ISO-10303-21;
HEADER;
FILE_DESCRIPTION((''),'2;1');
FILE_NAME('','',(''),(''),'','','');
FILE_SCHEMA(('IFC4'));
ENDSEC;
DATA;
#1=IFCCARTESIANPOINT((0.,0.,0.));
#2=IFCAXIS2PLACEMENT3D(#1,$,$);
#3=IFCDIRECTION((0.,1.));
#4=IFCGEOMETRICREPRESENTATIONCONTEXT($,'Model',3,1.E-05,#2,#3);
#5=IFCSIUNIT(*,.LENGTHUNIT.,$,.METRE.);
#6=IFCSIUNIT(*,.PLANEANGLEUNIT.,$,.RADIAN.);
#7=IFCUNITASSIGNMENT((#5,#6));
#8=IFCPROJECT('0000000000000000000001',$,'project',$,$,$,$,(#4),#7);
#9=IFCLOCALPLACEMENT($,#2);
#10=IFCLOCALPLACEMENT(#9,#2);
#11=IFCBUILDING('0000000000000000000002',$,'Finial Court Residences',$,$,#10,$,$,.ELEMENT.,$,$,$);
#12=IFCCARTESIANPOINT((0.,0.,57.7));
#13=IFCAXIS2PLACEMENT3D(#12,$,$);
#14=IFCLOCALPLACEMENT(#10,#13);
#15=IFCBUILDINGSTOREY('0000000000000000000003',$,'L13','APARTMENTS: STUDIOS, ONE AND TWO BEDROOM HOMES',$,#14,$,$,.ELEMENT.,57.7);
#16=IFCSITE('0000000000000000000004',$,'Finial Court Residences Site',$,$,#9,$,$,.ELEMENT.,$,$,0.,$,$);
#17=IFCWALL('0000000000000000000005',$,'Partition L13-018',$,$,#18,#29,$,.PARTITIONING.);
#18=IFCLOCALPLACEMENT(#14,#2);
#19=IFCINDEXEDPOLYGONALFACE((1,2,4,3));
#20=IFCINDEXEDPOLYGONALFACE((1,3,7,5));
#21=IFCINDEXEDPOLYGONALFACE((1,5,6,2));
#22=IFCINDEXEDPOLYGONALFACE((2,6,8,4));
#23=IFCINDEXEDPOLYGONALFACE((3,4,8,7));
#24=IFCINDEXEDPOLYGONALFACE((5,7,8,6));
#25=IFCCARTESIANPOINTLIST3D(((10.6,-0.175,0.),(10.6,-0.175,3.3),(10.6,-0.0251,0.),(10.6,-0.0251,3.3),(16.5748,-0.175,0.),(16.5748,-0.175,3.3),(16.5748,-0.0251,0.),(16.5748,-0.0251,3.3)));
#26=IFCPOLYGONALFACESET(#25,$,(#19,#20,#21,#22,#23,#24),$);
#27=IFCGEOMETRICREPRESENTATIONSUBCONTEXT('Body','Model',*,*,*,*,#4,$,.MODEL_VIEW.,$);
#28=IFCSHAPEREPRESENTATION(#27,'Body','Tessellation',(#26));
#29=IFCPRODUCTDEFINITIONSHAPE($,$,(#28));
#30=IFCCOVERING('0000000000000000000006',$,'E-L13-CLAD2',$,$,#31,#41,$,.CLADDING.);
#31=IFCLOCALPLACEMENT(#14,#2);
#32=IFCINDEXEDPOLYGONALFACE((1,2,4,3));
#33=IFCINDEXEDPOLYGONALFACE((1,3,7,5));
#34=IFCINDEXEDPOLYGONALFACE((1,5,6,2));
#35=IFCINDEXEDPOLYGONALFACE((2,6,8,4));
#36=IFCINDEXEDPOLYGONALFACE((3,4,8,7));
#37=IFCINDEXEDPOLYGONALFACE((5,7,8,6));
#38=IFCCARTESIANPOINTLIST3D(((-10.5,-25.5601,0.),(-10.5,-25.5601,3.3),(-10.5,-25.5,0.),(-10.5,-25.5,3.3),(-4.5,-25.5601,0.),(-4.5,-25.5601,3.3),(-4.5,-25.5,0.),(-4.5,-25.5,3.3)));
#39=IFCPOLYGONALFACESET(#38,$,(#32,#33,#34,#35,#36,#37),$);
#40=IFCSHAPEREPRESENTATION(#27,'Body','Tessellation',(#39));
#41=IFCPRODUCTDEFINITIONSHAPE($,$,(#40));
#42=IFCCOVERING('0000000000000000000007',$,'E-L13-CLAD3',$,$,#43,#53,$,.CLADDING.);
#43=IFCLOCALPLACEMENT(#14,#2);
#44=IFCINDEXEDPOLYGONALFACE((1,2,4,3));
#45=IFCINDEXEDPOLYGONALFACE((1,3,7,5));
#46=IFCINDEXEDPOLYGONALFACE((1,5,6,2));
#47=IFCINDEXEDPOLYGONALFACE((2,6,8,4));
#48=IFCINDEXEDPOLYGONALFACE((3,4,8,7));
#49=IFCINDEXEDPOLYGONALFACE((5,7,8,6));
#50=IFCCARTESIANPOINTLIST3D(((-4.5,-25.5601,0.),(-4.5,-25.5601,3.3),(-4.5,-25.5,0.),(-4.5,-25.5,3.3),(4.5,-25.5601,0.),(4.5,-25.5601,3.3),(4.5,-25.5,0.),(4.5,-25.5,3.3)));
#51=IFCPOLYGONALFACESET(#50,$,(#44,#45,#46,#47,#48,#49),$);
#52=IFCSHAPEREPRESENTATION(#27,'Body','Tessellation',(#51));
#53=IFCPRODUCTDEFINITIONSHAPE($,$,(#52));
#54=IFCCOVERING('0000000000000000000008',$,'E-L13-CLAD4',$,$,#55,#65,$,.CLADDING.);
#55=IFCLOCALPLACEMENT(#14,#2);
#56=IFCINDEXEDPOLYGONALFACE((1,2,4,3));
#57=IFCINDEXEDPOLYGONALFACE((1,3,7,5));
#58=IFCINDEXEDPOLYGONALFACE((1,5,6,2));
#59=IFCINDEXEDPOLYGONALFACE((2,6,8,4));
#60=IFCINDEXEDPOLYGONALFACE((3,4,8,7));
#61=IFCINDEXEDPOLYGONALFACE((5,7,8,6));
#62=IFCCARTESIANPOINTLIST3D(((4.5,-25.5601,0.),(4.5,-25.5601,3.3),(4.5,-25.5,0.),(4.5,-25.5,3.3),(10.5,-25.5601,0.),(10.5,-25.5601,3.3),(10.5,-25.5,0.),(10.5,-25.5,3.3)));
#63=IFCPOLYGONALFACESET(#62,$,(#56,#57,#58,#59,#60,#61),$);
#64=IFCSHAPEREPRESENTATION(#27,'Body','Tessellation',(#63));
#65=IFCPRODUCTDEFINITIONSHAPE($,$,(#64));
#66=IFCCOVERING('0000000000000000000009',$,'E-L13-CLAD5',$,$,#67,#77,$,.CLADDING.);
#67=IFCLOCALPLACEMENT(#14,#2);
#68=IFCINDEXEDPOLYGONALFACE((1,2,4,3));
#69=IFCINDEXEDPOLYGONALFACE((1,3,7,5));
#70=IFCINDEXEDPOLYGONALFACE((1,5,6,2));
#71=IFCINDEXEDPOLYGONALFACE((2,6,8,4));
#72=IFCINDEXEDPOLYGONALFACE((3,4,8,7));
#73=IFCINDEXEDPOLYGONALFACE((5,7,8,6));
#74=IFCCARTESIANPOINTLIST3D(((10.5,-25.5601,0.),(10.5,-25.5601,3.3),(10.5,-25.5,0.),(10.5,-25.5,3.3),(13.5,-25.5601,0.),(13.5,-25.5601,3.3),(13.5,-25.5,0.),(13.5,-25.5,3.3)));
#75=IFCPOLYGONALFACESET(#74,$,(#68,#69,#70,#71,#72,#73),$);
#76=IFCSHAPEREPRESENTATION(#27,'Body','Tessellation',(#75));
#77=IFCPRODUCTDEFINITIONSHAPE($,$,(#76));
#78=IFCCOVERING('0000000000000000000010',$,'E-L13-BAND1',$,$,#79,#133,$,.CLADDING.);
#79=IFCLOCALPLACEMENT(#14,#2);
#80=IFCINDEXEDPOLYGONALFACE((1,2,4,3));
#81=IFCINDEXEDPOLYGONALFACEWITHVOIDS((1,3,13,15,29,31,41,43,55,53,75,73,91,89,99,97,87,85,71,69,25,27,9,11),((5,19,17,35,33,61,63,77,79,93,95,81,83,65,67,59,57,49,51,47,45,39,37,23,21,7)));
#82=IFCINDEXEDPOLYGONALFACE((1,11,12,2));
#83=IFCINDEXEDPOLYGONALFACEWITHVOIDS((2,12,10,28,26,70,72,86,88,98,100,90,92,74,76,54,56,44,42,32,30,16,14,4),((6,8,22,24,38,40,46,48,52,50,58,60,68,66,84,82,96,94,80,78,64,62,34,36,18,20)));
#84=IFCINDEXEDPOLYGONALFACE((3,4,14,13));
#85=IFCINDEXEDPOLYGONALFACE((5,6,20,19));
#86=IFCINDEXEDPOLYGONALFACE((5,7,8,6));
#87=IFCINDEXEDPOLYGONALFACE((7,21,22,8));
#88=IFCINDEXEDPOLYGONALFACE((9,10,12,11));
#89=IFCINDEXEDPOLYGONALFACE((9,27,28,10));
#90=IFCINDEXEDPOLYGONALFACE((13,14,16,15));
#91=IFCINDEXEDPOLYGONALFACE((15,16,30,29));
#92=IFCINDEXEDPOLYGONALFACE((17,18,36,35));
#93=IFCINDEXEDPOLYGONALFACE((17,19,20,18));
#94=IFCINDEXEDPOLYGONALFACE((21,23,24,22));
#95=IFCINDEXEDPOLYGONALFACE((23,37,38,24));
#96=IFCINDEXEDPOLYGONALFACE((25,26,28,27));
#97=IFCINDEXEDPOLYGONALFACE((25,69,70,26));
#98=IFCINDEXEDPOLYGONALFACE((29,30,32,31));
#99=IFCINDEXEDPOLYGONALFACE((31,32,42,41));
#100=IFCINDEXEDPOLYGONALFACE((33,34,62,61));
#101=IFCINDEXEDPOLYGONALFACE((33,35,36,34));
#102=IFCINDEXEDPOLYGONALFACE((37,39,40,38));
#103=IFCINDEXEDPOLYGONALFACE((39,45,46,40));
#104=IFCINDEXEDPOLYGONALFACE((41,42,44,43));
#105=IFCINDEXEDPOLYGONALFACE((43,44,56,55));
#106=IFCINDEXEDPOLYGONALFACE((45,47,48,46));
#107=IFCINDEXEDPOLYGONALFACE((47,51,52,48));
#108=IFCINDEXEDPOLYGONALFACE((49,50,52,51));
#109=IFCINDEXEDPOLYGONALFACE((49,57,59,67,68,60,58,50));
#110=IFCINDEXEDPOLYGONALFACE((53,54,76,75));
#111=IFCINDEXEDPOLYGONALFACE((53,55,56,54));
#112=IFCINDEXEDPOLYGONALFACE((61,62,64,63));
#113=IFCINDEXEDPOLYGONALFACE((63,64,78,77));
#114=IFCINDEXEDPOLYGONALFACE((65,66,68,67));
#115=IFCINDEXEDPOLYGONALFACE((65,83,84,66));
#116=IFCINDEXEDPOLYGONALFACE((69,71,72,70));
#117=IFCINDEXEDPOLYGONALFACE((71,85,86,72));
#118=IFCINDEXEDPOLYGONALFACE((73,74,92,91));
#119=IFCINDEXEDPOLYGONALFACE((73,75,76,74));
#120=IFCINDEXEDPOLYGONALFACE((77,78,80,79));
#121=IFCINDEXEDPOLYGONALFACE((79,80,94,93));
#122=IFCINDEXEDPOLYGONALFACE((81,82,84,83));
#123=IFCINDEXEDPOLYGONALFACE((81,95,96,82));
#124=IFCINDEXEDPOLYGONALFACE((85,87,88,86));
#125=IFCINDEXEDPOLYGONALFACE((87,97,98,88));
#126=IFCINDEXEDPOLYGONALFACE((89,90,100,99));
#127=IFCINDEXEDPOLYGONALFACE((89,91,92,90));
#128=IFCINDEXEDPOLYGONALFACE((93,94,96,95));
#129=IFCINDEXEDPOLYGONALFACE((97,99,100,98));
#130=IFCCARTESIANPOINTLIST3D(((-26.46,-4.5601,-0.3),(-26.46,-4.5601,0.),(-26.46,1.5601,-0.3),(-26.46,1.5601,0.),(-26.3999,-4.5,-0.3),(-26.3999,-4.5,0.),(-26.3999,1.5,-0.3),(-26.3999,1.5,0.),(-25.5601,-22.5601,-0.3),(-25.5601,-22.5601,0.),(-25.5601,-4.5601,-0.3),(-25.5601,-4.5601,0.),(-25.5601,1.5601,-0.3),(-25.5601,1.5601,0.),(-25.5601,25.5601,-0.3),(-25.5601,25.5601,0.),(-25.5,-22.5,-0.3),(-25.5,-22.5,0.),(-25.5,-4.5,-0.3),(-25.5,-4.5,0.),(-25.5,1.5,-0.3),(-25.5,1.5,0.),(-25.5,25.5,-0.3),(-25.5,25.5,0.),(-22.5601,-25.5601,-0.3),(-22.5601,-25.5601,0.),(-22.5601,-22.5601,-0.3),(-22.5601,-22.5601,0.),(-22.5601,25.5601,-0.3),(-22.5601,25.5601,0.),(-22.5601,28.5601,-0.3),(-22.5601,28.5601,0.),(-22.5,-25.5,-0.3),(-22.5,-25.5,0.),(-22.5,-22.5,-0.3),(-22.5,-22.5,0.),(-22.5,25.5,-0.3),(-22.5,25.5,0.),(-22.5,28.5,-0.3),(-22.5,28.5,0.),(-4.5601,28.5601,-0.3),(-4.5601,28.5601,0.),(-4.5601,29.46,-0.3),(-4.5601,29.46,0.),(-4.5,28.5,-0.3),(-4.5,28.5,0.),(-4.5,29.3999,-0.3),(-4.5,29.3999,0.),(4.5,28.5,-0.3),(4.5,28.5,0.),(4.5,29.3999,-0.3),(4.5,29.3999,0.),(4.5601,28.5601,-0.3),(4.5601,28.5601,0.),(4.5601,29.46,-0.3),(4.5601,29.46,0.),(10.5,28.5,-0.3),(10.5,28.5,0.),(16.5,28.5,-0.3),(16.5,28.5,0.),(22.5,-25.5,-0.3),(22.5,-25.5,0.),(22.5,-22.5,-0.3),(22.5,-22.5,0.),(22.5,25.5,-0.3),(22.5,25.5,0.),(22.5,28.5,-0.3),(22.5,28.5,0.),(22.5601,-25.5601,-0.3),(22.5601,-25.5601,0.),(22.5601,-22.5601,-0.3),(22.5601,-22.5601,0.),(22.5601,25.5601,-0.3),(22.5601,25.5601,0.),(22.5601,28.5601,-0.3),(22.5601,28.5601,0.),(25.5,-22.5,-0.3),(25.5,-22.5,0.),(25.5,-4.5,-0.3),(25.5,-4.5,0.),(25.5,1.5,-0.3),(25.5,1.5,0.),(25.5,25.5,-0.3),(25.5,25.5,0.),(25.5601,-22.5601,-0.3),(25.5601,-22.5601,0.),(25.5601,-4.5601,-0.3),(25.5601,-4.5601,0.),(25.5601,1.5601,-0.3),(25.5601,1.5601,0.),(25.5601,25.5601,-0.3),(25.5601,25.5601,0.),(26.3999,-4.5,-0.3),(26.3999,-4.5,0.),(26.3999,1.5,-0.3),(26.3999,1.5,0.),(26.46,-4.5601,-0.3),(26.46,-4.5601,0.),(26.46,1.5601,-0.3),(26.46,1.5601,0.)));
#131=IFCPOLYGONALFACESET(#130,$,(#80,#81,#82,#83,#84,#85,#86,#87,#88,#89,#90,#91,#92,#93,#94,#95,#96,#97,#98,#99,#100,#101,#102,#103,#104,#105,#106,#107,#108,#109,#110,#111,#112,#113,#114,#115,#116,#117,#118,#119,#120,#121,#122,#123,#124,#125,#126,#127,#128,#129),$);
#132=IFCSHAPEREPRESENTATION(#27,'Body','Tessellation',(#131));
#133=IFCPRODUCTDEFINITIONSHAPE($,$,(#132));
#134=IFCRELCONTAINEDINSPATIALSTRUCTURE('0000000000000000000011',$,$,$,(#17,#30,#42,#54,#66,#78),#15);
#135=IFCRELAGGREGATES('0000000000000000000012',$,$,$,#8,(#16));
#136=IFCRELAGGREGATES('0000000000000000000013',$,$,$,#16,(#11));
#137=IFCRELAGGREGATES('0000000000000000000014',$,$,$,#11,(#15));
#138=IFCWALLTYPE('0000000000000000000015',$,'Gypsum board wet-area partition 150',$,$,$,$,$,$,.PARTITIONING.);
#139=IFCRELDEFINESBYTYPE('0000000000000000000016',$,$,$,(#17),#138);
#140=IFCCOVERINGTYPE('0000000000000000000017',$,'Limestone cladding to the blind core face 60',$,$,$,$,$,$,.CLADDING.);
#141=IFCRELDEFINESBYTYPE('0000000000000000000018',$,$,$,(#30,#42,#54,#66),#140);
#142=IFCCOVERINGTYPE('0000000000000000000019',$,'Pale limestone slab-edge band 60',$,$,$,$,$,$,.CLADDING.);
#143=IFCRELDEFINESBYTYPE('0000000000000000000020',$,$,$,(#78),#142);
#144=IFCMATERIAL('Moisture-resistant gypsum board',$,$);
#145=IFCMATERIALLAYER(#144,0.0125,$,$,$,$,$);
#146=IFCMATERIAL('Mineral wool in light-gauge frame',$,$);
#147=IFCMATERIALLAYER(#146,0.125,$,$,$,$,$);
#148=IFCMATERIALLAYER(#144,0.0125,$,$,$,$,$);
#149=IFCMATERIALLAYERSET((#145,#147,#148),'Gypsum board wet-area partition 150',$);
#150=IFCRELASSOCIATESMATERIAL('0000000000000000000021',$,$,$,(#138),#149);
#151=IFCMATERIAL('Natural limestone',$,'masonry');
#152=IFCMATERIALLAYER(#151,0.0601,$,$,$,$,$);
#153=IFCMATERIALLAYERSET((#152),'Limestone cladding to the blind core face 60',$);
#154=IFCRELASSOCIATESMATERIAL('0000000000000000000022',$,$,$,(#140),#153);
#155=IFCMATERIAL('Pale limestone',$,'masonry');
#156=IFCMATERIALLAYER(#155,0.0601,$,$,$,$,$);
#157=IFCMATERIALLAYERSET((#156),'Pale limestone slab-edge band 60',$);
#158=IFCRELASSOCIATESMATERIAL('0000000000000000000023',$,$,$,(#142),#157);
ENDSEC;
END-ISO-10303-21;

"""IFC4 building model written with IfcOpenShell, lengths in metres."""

from ifc_helpers import new_model, si_unit, direction, frame, frame_2d, origin, place, context, subcontext, project, spatial, polyline, rectangle, outline, extrude, material, layer, layer_set, type_object, element, save


model = new_model("IFC4")

# Units and contexts
model_context = context("Model", 3, precision=1e-05, world=origin(), true_north=direction((0.0, 1.0)))
body_context = subcontext(model_context, "Body", "Model", "MODEL_VIEW")
ifc_project = project(units=[si_unit("LENGTHUNIT", "METRE"), si_unit("PLANEANGLEUNIT", "RADIAN")], contexts=[model_context])

# Site, building, storey
site_placement = place(None, origin())
site = spatial("IfcSite", under=ifc_project, at=site_placement, Name="Finial Court Residences Site", CompositionType="ELEMENT", RefElevation=0.0)
building_placement = place(site_placement, origin())
building = spatial("IfcBuilding", under=site, at=building_placement, Name="Finial Court Residences", CompositionType="ELEMENT")
storey_placement = place(building_placement, frame((0.0, 0.0, 57.7)))
storey = spatial("IfcBuildingStorey", under=building, at=storey_placement, Name="L13", Description="APARTMENTS: STUDIOS, ONE AND TWO BEDROOM HOMES", CompositionType="ELEMENT", Elevation=57.7)

# Wall
ifc_material_1 = material(Name="Moisture-resistant gypsum board")
ifc_layer_1 = layer(ifc_material_1, 0.0125)
ifc_material_2 = material(Name="Mineral wool in light-gauge frame")
ifc_layer_2 = layer(ifc_material_2, 0.125)
ifc_layer_3 = layer(ifc_material_1, 0.0125)
ifc_layer_set_1 = layer_set([ifc_layer_1, ifc_layer_2, ifc_layer_3], Name="Gypsum board wet-area partition 150")
wall_type_1 = type_object("IfcWallType", Name="Gypsum board wet-area partition 150", PredefinedType="PARTITIONING", material=ifc_layer_set_1)
wall_1_placement = place(storey_placement, frame((10.6001, -0.1001, 0.0), z_axis=(0.0, 0.0, 1.0), x_axis=(1.0, 0.0, 0.0)))
element("IfcWall", 1, at=wall_1_placement, inside=storey, type_object=wall_type_1, Name="Partition L13-018", PredefinedType="PARTITIONING", context=body_context, shape_type="SweptSolid", body=[
    extrude(rectangle(XDim=5.9749, YDim=0.1499, at=frame_2d((2.9873, 0.0))), origin(), (0.0, 0.0, 1.0), 3.3),
])

# Coverings
ifc_material_3 = material(Name="Natural limestone", Category="masonry")
ifc_layer_4 = layer(ifc_material_3, 0.0601)
ifc_layer_set_2 = layer_set([ifc_layer_4], Name="Limestone cladding to the blind core face 60")
covering_type_1 = type_object("IfcCoveringType", Name="Limestone cladding to the blind core face 60", PredefinedType="CLADDING", material=ifc_layer_set_2)
covering_1_placement = place(storey_placement, origin())
element("IfcCovering", 2, at=covering_1_placement, inside=storey, type_object=covering_type_1, Name="E-L13-CLAD2", PredefinedType="CLADDING", context=body_context, shape_type="SweptSolid", body=[
    extrude(outline(polyline([(-4.5, -25.5601), (-4.5, -25.5), (-10.5, -25.5), (-10.5, -25.5601), (-4.5, -25.5601)])), origin(), (0.0, 0.0, 1.0), 3.3),
])
covering_2_placement = place(storey_placement, origin())
element("IfcCovering", 3, at=covering_2_placement, inside=storey, type_object=covering_type_1, Name="E-L13-CLAD3", PredefinedType="CLADDING", context=body_context, shape_type="SweptSolid", body=[
    extrude(outline(polyline([(4.5, -25.5601), (4.5, -25.5), (-4.5, -25.5), (-4.5, -25.5601), (4.5, -25.5601)])), origin(), (0.0, 0.0, 1.0), 3.3),
])
covering_3_placement = place(storey_placement, origin())
element("IfcCovering", 4, at=covering_3_placement, inside=storey, type_object=covering_type_1, Name="E-L13-CLAD4", PredefinedType="CLADDING", context=body_context, shape_type="SweptSolid", body=[
    extrude(outline(polyline([(10.5, -25.5601), (10.5, -25.5), (4.5, -25.5), (4.5, -25.5601), (10.5, -25.5601)])), origin(), (0.0, 0.0, 1.0), 3.3),
])
covering_4_placement = place(storey_placement, origin())
element("IfcCovering", 5, at=covering_4_placement, inside=storey, type_object=covering_type_1, Name="E-L13-CLAD5", PredefinedType="CLADDING", context=body_context, shape_type="SweptSolid", body=[
    extrude(outline(polyline([(13.5, -25.5601), (13.5, -25.5), (10.5, -25.5), (10.5, -25.5601), (13.5, -25.5601)])), origin(), (0.0, 0.0, 1.0), 3.3),
])
ifc_material_4 = material(Name="Pale limestone", Category="masonry")
ifc_layer_5 = layer(ifc_material_4, 0.0601)
ifc_layer_set_3 = layer_set([ifc_layer_5], Name="Pale limestone slab-edge band 60")
covering_type_2 = type_object("IfcCoveringType", Name="Pale limestone slab-edge band 60", PredefinedType="CLADDING", material=ifc_layer_set_3)
covering_5_placement = place(storey_placement, frame((0.0, 0.0, -0.3)))
element("IfcCovering", 6, at=covering_5_placement, inside=storey, type_object=covering_type_2, Name="E-L13-BAND1", PredefinedType="CLADDING", context=body_context, shape_type="SweptSolid", body=[
    extrude(outline(polyline([(-22.5601, 25.5601), (-22.5601, 28.5601), (-4.5601, 28.5601), (-4.5601, 29.46), (4.5601, 29.46), (4.5601, 28.5601), (22.5601, 28.5601), (22.5601, 25.5601), (25.5601, 25.5601), (25.5601, 1.5601), (26.46, 1.5601), (26.46, -4.5601), (25.5601, -4.5601), (25.5601, -22.5601), (22.5601, -22.5601), (22.5601, -25.5601), (-22.5601, -25.5601), (-22.5601, -22.5601), (-25.5601, -22.5601), (-25.5601, -4.5601), (-26.46, -4.5601), (-26.46, 1.5601), (-25.5601, 1.5601), (-25.5601, 25.5601), (-22.5601, 25.5601)]), holes=[polyline([(-25.5, 1.5), (-26.3999, 1.5), (-26.3999, -4.5), (-25.5, -4.5), (-25.5, -22.5), (-22.5, -22.5), (-22.5, -25.5), (22.5, -25.5), (22.5, -22.5), (25.5, -22.5), (25.5, -4.5), (26.3999, -4.5), (26.3999, 1.5), (25.5, 1.5), (25.5, 25.5), (22.5, 25.5), (22.5, 28.5), (16.5, 28.5), (10.5, 28.5), (4.5, 28.5), (4.5, 29.3999), (-4.5, 29.3999), (-4.5, 28.5), (-22.5, 28.5), (-22.5, 25.5), (-25.5, 25.5), (-25.5, 1.5)])]), origin(), (0.0, 0.0, 1.0), 0.3),
])

save(model, "model.ifc")
